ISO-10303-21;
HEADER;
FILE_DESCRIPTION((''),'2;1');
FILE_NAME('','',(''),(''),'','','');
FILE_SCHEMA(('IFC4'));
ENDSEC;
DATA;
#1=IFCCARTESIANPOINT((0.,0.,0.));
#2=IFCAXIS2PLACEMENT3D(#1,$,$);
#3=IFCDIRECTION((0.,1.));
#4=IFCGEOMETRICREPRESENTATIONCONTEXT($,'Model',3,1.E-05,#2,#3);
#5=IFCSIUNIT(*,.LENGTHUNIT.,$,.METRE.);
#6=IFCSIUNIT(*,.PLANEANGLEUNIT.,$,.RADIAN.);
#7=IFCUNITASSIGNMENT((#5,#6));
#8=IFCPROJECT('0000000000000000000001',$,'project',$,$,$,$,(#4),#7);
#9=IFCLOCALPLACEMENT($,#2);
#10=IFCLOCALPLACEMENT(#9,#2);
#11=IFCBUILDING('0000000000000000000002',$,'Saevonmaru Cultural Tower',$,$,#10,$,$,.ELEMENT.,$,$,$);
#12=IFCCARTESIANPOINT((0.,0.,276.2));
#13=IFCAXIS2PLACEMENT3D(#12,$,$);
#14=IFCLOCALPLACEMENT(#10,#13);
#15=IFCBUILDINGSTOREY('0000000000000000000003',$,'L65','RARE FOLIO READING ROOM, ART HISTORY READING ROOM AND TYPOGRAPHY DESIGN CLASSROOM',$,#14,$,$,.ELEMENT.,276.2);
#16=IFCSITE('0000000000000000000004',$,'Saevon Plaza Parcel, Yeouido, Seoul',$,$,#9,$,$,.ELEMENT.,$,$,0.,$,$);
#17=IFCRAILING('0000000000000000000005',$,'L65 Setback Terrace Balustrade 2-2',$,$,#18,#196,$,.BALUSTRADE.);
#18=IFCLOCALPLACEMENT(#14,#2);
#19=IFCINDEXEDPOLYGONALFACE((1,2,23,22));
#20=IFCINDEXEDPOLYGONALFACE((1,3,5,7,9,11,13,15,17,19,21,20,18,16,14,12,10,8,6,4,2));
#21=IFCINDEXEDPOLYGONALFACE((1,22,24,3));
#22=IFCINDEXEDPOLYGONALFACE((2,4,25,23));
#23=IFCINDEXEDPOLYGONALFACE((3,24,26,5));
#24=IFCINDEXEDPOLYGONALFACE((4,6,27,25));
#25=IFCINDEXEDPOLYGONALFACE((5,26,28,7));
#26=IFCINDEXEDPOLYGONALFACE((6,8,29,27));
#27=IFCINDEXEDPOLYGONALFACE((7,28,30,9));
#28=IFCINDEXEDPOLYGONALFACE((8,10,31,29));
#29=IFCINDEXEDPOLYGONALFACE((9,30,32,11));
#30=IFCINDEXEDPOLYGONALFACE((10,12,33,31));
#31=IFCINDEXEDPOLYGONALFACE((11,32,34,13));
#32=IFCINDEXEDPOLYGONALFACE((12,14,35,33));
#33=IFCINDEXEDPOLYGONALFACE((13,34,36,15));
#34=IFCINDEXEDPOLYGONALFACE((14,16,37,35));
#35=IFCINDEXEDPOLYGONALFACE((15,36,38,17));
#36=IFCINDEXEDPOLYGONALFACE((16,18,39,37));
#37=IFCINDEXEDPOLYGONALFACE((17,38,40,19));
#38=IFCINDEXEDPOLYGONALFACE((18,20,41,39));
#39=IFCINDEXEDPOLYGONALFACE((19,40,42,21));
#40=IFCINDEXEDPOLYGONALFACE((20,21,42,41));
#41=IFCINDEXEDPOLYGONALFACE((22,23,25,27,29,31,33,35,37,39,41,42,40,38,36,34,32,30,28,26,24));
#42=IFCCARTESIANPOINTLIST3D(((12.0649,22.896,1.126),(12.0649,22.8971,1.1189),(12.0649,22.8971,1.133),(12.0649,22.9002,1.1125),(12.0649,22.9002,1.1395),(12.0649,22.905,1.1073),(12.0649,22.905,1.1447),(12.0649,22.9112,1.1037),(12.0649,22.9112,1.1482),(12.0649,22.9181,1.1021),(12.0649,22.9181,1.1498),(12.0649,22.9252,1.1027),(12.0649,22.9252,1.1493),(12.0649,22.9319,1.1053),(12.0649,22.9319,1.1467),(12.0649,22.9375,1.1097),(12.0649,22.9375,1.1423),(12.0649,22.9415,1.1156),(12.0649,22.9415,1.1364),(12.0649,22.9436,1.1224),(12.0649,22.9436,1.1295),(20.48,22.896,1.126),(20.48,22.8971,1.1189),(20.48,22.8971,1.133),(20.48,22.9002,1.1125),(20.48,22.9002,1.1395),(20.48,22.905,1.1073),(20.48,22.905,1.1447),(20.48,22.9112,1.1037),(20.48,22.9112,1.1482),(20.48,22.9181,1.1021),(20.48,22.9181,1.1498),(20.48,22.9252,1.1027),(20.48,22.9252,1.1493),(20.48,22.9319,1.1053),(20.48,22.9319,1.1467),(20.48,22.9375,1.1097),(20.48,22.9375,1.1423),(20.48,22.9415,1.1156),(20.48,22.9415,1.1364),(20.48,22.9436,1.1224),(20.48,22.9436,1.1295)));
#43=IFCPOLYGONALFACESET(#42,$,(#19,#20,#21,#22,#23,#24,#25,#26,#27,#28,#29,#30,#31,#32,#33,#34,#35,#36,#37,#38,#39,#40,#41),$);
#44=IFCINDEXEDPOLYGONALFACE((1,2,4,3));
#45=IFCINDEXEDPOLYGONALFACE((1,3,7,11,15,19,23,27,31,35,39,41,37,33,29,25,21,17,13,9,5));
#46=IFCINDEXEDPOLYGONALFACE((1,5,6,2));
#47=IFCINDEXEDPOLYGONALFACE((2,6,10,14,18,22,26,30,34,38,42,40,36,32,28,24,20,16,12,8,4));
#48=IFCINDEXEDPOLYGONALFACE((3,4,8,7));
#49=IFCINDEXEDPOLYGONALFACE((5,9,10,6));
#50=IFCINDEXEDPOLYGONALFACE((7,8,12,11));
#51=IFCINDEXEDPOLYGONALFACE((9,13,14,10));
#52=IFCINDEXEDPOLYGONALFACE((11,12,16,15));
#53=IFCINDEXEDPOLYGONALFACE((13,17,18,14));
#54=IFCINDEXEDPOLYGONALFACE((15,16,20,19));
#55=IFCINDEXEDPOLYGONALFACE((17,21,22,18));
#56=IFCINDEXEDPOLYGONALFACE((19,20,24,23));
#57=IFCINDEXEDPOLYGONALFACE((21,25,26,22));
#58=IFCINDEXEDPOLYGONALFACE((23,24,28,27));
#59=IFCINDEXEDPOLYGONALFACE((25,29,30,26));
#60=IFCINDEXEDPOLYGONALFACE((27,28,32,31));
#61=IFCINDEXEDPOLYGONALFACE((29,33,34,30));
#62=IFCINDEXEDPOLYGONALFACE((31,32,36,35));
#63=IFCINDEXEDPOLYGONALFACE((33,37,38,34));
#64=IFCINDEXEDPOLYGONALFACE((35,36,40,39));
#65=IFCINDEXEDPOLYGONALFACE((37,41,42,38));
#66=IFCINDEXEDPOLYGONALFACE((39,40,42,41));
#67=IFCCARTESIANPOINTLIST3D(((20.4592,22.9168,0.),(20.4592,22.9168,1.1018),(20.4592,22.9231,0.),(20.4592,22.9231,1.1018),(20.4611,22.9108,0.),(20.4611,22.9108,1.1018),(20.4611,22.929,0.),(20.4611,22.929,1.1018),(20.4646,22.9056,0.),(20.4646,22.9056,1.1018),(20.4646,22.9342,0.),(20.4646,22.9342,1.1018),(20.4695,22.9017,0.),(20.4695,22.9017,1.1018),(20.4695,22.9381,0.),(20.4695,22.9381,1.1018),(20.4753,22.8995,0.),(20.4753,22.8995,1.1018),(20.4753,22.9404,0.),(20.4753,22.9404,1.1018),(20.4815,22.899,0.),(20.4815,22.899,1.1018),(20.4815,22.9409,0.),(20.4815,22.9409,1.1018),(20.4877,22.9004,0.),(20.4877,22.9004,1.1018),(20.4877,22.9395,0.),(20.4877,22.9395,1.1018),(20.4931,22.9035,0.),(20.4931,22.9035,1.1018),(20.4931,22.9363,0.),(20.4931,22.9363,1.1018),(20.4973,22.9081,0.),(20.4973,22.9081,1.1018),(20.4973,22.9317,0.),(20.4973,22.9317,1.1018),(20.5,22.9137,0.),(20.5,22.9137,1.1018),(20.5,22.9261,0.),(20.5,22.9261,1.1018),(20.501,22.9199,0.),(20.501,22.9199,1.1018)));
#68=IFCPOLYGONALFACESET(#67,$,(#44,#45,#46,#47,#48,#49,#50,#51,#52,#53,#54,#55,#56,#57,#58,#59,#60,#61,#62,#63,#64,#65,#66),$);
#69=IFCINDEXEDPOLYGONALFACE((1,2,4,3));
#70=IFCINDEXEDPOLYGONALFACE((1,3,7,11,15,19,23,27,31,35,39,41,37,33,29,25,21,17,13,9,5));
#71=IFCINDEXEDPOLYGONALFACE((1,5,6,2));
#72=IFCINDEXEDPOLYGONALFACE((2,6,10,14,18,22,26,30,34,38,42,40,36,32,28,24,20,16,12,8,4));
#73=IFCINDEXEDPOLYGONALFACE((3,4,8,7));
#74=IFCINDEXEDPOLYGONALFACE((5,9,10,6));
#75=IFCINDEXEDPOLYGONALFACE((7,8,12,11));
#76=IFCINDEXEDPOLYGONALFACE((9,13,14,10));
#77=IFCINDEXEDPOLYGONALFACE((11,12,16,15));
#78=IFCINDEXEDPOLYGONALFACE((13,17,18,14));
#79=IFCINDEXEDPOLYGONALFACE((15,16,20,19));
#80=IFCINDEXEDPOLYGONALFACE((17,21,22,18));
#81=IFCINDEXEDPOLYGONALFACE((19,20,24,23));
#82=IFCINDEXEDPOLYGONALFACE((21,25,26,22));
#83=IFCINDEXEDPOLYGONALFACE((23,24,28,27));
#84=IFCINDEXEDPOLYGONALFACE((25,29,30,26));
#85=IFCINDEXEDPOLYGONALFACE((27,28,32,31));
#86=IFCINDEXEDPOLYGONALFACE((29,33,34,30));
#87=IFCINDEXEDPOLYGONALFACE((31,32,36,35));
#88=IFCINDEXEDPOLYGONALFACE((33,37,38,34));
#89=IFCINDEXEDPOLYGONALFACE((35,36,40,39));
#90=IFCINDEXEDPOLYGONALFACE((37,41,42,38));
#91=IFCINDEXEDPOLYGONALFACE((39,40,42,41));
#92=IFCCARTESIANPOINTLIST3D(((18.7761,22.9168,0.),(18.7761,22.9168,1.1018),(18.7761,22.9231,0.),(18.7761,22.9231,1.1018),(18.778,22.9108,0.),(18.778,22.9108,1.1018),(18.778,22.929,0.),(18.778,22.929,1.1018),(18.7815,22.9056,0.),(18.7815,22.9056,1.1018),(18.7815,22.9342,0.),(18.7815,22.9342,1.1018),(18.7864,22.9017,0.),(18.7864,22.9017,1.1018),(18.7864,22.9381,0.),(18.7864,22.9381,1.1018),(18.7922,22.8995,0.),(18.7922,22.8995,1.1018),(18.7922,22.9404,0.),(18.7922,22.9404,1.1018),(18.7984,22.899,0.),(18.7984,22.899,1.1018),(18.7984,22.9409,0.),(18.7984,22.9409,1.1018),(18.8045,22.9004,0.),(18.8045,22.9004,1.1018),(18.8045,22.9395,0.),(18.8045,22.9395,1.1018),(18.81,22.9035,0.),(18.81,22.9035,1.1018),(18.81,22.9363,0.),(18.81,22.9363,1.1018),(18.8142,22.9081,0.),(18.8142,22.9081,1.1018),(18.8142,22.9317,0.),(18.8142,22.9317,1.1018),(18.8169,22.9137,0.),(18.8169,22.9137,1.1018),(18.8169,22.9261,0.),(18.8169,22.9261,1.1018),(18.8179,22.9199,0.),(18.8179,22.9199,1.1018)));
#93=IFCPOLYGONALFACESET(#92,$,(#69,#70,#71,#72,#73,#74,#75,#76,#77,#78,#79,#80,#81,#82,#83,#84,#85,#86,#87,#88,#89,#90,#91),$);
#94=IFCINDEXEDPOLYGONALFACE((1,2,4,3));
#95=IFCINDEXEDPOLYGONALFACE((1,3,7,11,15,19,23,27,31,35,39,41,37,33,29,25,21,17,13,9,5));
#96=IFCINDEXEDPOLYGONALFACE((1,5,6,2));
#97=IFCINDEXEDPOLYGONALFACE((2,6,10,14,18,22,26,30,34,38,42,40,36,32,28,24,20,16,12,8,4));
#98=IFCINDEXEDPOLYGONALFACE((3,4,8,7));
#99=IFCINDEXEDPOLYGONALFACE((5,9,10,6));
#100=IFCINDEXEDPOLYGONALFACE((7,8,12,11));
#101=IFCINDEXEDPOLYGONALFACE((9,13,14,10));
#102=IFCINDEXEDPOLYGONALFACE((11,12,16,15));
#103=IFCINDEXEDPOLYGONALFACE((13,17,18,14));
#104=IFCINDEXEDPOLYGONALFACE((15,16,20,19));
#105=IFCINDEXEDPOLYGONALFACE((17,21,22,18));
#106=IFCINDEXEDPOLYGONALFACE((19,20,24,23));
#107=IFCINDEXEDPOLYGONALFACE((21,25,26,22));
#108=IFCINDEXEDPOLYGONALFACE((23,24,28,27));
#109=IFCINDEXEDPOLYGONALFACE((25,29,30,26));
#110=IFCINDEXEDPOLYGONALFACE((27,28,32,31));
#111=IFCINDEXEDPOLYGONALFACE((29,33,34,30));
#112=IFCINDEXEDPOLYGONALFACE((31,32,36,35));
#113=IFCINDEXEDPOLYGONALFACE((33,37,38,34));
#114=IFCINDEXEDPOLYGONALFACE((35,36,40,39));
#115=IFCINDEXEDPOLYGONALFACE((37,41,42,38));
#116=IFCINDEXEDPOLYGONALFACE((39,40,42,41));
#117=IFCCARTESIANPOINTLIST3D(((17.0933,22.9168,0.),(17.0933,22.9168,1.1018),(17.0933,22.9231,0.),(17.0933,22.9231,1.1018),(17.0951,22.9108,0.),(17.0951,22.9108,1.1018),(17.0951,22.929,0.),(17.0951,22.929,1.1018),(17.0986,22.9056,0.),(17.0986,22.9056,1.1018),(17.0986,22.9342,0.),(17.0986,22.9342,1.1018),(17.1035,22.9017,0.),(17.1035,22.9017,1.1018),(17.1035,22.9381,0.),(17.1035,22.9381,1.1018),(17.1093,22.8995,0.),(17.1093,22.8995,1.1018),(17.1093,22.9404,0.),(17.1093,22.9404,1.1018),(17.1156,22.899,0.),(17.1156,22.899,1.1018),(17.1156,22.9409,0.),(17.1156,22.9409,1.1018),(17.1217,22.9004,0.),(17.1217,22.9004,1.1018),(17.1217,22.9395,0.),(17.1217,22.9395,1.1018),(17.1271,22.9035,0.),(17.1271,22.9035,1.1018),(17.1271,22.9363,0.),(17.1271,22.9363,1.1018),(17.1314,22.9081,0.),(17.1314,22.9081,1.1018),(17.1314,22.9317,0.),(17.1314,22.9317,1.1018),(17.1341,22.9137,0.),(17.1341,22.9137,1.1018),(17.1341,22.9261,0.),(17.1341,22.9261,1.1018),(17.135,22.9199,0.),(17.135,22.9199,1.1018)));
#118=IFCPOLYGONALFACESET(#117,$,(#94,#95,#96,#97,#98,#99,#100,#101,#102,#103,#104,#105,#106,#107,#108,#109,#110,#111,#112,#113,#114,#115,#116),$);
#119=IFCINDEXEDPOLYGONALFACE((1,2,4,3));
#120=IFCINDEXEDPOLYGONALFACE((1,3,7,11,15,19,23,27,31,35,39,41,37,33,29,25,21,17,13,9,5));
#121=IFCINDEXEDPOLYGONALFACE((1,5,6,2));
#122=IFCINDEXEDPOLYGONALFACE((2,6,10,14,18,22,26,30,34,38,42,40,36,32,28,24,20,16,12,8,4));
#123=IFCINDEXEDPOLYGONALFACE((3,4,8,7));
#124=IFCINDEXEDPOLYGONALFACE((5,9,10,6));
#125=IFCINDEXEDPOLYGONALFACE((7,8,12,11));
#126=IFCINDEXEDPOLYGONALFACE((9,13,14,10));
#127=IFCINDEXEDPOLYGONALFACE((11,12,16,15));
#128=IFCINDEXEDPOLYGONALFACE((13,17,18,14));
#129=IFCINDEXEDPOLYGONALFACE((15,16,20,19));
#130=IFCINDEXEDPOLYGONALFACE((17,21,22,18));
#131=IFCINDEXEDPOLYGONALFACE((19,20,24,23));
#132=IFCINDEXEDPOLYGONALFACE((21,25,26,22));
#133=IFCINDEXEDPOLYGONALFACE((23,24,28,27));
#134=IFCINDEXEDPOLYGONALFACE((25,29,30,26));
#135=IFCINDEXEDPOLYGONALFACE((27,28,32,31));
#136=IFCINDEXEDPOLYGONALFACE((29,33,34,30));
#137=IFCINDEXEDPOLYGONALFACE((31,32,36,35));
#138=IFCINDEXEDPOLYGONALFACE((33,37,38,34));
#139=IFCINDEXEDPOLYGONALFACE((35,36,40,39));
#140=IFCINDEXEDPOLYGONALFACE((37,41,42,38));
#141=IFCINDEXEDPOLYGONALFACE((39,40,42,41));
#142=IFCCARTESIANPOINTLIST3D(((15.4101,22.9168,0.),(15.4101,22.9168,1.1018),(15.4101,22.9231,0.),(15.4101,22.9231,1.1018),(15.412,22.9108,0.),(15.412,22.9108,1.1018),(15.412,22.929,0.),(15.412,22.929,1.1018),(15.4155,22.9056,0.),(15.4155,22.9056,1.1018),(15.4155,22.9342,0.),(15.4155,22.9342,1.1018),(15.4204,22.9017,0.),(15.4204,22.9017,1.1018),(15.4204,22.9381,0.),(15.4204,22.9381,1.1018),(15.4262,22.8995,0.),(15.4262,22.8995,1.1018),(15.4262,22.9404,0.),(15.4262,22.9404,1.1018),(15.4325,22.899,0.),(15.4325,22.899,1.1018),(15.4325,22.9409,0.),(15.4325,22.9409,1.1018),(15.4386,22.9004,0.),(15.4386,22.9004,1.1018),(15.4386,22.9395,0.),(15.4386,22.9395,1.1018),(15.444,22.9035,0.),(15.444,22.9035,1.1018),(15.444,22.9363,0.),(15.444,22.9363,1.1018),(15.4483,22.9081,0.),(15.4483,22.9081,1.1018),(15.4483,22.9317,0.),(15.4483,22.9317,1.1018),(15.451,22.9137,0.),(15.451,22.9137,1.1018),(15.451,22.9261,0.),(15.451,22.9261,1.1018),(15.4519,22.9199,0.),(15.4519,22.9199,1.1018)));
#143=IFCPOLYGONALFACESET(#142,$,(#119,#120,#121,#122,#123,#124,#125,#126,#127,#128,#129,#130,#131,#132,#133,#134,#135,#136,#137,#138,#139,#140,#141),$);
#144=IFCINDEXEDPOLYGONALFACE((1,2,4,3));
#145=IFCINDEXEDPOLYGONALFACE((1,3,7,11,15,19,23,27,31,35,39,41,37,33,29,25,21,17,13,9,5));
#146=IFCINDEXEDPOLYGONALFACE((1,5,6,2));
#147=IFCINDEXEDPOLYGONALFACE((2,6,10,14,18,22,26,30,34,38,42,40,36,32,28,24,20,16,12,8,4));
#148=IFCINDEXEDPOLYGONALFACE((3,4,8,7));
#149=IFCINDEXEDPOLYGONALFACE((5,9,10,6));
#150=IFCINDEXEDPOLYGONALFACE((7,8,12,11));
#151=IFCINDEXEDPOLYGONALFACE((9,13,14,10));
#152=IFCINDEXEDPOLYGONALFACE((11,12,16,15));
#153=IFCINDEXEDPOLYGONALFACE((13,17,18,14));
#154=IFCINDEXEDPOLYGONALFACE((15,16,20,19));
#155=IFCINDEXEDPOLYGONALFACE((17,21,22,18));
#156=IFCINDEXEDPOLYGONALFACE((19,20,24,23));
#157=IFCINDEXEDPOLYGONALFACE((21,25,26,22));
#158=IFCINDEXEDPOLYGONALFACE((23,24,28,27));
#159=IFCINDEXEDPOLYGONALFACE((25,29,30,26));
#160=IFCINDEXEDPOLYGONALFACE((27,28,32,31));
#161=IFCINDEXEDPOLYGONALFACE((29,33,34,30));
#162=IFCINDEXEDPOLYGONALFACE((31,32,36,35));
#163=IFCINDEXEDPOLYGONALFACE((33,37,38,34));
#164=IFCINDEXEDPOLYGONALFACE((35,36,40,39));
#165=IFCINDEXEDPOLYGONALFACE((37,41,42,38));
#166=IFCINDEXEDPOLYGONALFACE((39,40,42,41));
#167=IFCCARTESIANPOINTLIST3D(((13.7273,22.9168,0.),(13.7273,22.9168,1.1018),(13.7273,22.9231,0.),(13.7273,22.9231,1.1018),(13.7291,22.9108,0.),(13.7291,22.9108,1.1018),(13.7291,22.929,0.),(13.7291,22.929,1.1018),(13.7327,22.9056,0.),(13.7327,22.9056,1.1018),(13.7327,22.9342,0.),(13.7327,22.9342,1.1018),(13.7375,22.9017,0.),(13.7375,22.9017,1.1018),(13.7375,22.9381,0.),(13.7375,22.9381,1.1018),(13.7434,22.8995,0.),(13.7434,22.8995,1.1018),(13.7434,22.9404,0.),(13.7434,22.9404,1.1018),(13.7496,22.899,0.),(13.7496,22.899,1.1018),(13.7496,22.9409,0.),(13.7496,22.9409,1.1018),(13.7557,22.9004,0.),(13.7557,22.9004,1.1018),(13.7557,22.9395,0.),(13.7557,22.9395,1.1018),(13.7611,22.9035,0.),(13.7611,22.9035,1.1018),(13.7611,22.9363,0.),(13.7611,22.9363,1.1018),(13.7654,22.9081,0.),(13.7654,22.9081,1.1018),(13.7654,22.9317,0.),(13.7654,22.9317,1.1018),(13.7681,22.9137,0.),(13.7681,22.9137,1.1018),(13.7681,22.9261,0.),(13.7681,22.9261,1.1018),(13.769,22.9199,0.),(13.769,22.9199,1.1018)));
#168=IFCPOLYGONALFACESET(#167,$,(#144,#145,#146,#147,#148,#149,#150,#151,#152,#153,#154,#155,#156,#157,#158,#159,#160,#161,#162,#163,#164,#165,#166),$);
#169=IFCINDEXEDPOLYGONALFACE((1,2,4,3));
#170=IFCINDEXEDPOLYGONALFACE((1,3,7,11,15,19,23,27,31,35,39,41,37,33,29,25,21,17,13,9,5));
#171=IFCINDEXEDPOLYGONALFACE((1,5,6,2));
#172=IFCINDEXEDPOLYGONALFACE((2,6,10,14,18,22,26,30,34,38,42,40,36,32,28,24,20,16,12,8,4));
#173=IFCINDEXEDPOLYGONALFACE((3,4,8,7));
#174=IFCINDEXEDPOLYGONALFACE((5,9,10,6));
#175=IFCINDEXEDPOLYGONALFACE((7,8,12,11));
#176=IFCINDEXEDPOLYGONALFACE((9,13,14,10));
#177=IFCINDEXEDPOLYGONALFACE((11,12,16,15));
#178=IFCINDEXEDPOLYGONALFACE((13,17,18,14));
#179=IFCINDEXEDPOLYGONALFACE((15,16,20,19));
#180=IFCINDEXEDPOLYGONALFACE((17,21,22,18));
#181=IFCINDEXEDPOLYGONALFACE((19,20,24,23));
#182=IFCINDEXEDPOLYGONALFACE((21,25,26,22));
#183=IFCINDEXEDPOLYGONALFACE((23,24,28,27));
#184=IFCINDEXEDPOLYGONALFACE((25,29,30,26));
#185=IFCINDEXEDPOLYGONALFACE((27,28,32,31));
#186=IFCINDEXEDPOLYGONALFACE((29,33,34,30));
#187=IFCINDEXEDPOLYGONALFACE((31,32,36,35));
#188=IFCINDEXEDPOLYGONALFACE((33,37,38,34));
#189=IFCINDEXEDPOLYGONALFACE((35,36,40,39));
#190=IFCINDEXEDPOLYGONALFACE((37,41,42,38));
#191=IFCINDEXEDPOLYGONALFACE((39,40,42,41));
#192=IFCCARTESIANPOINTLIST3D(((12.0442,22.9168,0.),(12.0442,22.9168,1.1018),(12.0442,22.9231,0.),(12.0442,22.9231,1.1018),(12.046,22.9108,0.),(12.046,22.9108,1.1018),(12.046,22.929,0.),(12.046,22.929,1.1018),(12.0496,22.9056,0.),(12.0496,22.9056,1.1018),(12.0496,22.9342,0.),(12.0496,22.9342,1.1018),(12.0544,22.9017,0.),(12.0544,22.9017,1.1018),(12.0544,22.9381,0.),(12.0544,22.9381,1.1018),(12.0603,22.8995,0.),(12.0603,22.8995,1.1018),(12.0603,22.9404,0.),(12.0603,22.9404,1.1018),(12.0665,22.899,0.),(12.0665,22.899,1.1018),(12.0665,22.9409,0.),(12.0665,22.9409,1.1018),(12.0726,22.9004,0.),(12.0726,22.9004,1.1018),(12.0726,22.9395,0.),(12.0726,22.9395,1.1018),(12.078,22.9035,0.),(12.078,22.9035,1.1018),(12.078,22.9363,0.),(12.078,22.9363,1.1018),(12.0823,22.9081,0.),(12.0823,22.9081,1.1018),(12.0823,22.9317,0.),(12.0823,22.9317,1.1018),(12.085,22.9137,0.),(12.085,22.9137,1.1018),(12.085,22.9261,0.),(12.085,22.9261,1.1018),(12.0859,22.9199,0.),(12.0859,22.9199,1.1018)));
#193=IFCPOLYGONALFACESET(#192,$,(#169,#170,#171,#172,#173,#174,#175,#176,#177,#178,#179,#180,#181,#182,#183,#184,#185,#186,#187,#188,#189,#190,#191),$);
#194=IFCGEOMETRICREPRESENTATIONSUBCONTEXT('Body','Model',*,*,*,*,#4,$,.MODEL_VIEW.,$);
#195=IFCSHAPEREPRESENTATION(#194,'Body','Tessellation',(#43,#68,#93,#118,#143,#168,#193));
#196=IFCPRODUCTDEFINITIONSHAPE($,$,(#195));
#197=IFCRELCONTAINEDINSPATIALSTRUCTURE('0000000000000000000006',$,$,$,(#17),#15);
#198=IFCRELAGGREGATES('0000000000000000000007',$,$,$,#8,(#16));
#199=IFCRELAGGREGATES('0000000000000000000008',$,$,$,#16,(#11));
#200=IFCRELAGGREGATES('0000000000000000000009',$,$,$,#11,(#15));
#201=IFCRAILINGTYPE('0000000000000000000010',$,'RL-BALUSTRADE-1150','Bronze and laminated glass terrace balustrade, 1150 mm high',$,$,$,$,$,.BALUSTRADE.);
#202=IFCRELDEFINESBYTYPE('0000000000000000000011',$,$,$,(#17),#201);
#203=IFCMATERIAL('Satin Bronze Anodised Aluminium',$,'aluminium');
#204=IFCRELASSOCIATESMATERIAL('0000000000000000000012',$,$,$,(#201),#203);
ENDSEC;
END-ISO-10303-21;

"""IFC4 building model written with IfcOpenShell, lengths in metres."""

from ifc_helpers import new_model, si_unit, direction, frame, origin, origin_2d, place, context, subcontext, project, spatial, circle, extrude, material, type_object, element, save


model = new_model("IFC4")

# Units and contexts
model_context = context("Model", 3, precision=1e-05, world=origin(), true_north=direction((0.0, 1.0)))
body_context = subcontext(model_context, "Body", "Model", "MODEL_VIEW")
ifc_project = project(units=[si_unit("LENGTHUNIT", "METRE"), si_unit("PLANEANGLEUNIT", "RADIAN")], contexts=[model_context])

# Site, building, storey
site_placement = place(None, origin())
site = spatial("IfcSite", under=ifc_project, at=site_placement, Name="Saevon Plaza Parcel, Yeouido, Seoul", CompositionType="ELEMENT", RefElevation=0.0)
building_placement = place(site_placement, origin())
building = spatial("IfcBuilding", under=site, at=building_placement, Name="Saevonmaru Cultural Tower", CompositionType="ELEMENT")
storey_placement = place(building_placement, frame((0.0, 0.0, 276.2)))
storey = spatial("IfcBuildingStorey", under=building, at=storey_placement, Name="L65", Description="RARE FOLIO READING ROOM, ART HISTORY READING ROOM AND TYPOGRAPHY DESIGN CLASSROOM", CompositionType="ELEMENT", Elevation=276.2)

# Shared definitions
ifc_material_1 = material(Name="Satin Bronze Anodised Aluminium", Category="aluminium")

# Railing
railing_type = type_object("IfcRailingType", Name="RL-BALUSTRADE-1150", Description="Bronze and laminated glass terrace balustrade, 1150 mm high", PredefinedType="BALUSTRADE", material=ifc_material_1)
railing_1_placement = place(storey_placement, frame((20.48, 22.9199, 0.0)))
element("IfcRailing", 1, at=railing_1_placement, inside=storey, type_object=railing_type, Name="L65 Setback Terrace Balustrade 2-2", PredefinedType="BALUSTRADE", context=body_context, shape_type="SweptSolid", body=[
    extrude(circle(Radius=0.0239, at=origin_2d()), frame((0.0, 0.0, 1.126), z_axis=(-1.0, 0.0, 0.0), x_axis=(0.0, -1.0, 0.0)), (0.0, 0.0, 1.0), 8.415),
    extrude(circle(Radius=0.021, at=origin_2d()), origin(), (0.0, 0.0, 1.0), 1.1018),
    extrude(circle(Radius=0.021, at=origin_2d()), frame((-1.6831, 0.0, 0.0)), (0.0, 0.0, 1.0), 1.1018),
    extrude(circle(Radius=0.021, at=origin_2d()), frame((-3.366, 0.0, 0.0)), (0.0, 0.0, 1.0), 1.1018),
    extrude(circle(Radius=0.021, at=origin_2d()), frame((-5.0491, 0.0, 0.0)), (0.0, 0.0, 1.0), 1.1018),
    extrude(circle(Radius=0.021, at=origin_2d()), frame((-6.7319, 0.0, 0.0)), (0.0, 0.0, 1.0), 1.1018),
    extrude(circle(Radius=0.021, at=origin_2d()), frame((-8.415, 0.0, 0.0)), (0.0, 0.0, 1.0), 1.1018),
])

save(model, "model.ifc")
